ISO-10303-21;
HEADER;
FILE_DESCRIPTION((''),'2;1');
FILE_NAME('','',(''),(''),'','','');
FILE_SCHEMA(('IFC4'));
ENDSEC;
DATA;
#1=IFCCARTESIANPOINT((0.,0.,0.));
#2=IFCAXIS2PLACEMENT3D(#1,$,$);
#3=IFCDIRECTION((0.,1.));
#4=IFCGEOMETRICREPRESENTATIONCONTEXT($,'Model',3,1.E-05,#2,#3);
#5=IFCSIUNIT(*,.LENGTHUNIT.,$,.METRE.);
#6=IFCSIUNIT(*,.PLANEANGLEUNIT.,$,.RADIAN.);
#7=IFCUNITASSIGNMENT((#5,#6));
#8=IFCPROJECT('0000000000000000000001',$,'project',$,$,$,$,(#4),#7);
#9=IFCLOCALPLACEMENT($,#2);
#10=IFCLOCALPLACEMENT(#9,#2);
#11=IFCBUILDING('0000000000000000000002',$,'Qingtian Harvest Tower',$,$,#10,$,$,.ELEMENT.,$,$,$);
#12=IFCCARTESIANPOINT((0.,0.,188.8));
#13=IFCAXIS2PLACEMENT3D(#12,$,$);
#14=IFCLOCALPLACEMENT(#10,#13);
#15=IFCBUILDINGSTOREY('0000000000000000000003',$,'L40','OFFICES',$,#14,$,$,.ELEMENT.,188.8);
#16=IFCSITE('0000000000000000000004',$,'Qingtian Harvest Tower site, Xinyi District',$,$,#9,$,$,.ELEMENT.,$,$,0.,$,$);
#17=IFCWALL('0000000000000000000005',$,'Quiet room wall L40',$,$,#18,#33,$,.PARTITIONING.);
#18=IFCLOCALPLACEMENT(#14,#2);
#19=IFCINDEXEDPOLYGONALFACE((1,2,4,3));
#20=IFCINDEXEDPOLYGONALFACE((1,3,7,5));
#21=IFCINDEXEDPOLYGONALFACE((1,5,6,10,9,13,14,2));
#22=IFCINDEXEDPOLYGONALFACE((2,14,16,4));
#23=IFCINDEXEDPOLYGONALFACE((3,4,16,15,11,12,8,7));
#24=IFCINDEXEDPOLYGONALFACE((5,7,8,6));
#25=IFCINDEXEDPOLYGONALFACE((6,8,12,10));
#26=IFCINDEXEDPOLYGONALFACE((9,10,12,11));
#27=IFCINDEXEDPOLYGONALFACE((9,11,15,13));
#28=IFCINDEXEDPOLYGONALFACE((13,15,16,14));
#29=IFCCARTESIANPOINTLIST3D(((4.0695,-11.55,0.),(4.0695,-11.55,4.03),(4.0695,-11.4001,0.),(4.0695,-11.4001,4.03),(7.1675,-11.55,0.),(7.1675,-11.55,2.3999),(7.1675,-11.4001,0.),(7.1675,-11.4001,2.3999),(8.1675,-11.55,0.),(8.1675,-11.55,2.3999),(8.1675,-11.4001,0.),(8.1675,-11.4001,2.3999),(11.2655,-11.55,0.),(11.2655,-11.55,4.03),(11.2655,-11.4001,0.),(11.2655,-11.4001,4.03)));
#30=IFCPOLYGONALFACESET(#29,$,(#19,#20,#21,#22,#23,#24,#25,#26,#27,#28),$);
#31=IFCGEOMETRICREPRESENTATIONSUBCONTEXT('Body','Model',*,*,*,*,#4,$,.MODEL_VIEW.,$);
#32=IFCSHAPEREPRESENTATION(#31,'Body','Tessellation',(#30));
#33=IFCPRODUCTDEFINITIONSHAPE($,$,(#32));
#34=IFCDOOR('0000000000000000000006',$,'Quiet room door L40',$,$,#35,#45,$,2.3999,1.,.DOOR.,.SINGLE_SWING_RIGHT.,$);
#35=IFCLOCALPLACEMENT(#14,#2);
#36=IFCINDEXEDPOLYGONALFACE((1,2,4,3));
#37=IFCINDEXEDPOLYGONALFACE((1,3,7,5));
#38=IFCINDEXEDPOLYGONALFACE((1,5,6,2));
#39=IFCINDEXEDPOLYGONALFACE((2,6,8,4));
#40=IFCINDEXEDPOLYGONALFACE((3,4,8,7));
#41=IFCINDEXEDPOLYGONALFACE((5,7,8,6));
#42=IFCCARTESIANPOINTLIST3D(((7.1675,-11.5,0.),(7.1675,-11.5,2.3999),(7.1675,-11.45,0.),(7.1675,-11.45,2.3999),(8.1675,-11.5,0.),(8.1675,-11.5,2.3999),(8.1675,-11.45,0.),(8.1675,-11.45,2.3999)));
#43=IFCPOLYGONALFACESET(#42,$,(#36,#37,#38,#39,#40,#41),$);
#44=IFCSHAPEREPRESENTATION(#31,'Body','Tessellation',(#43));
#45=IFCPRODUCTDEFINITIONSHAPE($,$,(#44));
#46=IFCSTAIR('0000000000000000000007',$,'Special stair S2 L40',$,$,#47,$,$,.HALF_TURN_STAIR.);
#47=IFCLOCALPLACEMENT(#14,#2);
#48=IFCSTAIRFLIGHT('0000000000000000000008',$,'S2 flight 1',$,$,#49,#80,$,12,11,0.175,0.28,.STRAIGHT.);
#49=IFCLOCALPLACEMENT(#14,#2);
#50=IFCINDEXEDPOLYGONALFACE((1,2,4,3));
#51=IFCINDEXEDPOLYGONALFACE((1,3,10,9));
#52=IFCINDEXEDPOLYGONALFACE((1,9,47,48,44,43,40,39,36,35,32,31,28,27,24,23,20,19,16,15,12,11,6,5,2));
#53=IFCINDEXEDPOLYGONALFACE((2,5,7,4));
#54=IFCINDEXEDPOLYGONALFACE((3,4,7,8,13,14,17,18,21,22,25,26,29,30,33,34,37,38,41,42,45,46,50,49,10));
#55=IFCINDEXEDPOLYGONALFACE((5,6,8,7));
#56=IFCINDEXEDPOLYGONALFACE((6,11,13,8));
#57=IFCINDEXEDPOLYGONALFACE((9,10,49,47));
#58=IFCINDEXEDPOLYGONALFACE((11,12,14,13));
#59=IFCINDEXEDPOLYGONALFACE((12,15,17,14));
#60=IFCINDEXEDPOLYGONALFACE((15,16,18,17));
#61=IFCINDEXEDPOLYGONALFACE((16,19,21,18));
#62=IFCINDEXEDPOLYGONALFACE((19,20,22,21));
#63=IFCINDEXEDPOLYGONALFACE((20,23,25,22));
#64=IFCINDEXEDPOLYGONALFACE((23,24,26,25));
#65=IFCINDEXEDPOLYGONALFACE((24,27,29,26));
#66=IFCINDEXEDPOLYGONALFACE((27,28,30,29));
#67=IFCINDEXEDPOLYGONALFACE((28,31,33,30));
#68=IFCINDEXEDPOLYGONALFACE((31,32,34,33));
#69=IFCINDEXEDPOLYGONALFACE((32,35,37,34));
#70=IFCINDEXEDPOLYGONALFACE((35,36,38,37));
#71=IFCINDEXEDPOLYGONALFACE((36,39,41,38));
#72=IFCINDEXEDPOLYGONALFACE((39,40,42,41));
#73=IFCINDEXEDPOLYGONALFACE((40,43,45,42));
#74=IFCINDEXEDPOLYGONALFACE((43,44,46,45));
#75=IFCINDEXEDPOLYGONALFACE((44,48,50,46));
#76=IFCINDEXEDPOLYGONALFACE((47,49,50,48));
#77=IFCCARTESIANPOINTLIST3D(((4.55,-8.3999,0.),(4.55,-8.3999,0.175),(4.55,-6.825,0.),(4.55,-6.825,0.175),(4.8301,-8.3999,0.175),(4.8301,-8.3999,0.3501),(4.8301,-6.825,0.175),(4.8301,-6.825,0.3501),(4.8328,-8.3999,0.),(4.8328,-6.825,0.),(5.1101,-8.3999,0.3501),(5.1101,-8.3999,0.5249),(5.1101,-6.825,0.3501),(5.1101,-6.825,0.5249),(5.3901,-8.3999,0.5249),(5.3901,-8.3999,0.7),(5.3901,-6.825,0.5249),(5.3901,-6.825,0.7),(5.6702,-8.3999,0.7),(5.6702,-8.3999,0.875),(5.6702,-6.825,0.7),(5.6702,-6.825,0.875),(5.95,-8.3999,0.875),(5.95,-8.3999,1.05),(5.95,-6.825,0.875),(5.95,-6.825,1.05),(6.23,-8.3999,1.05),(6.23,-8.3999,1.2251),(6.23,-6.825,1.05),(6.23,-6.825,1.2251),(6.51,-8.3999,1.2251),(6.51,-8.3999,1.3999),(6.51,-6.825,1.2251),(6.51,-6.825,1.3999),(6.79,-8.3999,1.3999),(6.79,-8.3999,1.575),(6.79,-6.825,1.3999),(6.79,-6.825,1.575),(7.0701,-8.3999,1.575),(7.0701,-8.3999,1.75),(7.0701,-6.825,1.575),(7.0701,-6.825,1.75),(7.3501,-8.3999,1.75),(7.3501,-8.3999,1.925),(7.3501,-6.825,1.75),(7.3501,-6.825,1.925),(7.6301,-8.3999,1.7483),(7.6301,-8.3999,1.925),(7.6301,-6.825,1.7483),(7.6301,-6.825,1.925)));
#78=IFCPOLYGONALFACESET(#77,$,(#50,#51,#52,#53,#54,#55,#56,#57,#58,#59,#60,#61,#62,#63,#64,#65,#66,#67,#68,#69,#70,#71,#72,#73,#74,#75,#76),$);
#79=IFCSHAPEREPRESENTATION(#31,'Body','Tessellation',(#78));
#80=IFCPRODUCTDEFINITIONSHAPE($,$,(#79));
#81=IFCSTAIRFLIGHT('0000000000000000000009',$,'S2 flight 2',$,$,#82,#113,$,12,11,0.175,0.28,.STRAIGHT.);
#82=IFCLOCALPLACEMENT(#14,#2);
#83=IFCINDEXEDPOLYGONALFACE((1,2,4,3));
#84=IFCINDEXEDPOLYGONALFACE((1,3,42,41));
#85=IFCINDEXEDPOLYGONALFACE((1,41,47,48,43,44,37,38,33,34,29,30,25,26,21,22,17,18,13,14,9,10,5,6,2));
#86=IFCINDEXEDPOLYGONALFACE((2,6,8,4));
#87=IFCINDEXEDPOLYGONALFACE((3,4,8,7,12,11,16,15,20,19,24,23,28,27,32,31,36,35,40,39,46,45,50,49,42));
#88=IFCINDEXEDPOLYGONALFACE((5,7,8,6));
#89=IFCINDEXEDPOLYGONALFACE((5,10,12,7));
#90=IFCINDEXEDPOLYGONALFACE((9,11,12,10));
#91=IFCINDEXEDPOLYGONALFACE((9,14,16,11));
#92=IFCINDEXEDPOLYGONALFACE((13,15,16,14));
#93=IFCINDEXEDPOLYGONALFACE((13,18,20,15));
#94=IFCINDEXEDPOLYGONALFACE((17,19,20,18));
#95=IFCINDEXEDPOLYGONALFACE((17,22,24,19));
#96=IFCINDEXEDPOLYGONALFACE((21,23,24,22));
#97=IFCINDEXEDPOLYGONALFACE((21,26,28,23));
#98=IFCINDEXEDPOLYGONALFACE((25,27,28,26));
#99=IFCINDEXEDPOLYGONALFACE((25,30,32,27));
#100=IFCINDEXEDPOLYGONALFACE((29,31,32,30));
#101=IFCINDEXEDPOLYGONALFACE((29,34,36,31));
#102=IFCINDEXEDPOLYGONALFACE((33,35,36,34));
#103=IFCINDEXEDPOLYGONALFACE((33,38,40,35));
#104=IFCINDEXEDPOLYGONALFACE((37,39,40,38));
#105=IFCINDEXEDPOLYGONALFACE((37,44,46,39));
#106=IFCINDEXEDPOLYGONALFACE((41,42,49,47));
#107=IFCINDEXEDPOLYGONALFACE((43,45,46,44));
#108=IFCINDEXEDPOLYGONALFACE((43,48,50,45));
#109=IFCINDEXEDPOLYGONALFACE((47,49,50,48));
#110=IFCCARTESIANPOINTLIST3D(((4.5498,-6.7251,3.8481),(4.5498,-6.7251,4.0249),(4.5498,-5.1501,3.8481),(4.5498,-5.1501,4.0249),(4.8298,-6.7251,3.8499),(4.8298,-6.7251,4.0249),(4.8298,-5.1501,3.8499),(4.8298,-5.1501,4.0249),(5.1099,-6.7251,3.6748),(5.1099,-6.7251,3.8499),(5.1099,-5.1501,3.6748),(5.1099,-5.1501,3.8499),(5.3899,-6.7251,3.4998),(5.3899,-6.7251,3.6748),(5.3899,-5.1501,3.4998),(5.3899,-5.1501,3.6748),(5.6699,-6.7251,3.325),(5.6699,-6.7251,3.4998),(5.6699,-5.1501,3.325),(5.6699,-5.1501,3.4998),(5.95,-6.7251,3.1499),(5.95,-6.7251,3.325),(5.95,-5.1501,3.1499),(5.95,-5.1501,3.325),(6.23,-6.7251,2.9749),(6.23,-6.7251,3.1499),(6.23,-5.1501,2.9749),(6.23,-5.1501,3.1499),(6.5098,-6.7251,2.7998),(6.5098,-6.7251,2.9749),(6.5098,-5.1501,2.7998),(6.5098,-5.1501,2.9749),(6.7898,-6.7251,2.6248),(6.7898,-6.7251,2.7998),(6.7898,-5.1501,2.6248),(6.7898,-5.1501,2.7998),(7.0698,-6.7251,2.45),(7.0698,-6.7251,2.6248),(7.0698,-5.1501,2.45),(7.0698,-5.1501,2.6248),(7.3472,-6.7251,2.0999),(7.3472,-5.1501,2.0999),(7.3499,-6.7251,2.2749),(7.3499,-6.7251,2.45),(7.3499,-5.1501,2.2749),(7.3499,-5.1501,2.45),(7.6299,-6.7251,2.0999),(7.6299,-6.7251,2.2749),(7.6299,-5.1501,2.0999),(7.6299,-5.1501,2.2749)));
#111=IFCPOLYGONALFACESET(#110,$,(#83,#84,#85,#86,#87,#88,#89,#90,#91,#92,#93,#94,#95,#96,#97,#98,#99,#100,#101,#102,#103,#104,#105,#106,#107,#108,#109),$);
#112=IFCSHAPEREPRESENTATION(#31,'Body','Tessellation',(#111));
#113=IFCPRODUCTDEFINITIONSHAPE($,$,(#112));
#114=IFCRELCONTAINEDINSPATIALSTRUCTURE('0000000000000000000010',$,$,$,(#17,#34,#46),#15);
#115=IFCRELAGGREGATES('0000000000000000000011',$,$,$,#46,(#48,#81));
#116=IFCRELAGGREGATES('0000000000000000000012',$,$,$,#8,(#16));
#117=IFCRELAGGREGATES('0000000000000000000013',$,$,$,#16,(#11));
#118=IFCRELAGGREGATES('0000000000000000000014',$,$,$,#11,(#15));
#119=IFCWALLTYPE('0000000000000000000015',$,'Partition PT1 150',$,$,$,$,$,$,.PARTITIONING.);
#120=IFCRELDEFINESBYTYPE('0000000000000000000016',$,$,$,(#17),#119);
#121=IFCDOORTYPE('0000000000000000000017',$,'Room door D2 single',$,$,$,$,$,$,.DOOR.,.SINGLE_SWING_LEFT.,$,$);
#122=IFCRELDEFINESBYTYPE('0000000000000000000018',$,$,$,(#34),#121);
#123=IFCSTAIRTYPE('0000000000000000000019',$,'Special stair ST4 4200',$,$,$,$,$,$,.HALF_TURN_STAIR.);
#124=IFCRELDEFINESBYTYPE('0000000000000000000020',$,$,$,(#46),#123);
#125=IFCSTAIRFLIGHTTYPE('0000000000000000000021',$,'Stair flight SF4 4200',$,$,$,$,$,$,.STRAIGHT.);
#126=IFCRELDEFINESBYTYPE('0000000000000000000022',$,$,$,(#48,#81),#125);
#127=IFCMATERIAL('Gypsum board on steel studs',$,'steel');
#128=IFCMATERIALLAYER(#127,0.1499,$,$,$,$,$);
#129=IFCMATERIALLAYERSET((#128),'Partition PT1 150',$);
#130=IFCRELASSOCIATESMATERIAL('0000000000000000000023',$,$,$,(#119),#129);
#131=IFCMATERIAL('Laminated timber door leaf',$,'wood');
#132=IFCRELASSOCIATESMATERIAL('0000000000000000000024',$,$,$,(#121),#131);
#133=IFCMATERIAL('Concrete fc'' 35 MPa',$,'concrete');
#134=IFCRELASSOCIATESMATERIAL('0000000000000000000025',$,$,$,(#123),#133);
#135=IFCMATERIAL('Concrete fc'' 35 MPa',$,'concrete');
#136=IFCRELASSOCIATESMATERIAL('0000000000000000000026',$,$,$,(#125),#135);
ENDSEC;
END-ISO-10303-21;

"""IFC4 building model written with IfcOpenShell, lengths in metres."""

from ifc_helpers import new_model, si_unit, direction, frame, frame_2d, origin, place, context, subcontext, project, spatial, polyline, rectangle, outline, extrude, material, layer, layer_set, type_object, element, fill, aggregate, save


model = new_model("IFC4")

# Units and contexts
model_context = context("Model", 3, precision=1e-05, world=origin(), true_north=direction((0.0, 1.0)))
body_context = subcontext(model_context, "Body", "Model", "MODEL_VIEW")
ifc_project = project(units=[si_unit("LENGTHUNIT", "METRE"), si_unit("PLANEANGLEUNIT", "RADIAN")], contexts=[model_context])

# Site, building, storey
site_placement = place(None, origin())
site = spatial("IfcSite", under=ifc_project, at=site_placement, Name="Qingtian Harvest Tower site, Xinyi District", CompositionType="ELEMENT", RefElevation=0.0)
building_placement = place(site_placement, origin())
building = spatial("IfcBuilding", under=site, at=building_placement, Name="Qingtian Harvest Tower", CompositionType="ELEMENT")
storey_placement = place(building_placement, frame((0.0, 0.0, 188.8)))
storey = spatial("IfcBuildingStorey", under=building, at=storey_placement, Name="L40", Description="OFFICES", CompositionType="ELEMENT", Elevation=188.8)

# Wall, opening, door
ifc_material_1 = material(Name="Gypsum board on steel studs", Category="steel")
ifc_layer_1 = layer(ifc_material_1, 0.1499)
ifc_layer_set_1 = layer_set([ifc_layer_1], Name="Partition PT1 150")
wall_type_1 = type_object("IfcWallType", Name="Partition PT1 150", PredefinedType="PARTITIONING", material=ifc_layer_set_1)
wall_1_placement = place(storey_placement, frame((11.2656, -11.4751, 0.0), z_axis=(0.0, 0.0, 1.0), x_axis=(-1.0, 0.0, 0.0)))
wall_1 = element("IfcWall", 1, at=wall_1_placement, inside=storey, type_object=wall_type_1, Name="Quiet room wall L40", PredefinedType="PARTITIONING", context=body_context, shape_type="SweptSolid", body=[
    extrude(rectangle(XDim=7.196, YDim=0.1499, at=frame_2d((3.5981, 0.0))), origin(), (0.0, 0.0, 1.0), 4.03),
])
opening_1_placement = place(wall_1_placement, frame((3.0981, 0.0, 0.0)))
opening_1 = element("IfcOpeningElement", 2, at=opening_1_placement, cuts=wall_1, PredefinedType="OPENING", context=body_context, shape_type="SweptSolid", body=[
    extrude(rectangle(XDim=1.0, YDim=2.3999, at=frame_2d((0.5, 1.2))), frame((0.0, 0.085, 0.0), z_axis=(0.0, -1.0, 0.0), x_axis=(1.0, 0.0, 0.0)), (0.0, 0.0, 1.0), 0.1699),
])
ifc_material_2 = material(Name="Laminated timber door leaf", Category="wood")
door_type_1 = type_object("IfcDoorType", Name="Room door D2 single", OperationType="SINGLE_SWING_LEFT", PredefinedType="DOOR", material=ifc_material_2)
door_1_placement = place(opening_1_placement, origin())
door_1 = element("IfcDoor", 3, at=door_1_placement, inside=storey, type_object=door_type_1, Name="Quiet room door L40", OperationType="SINGLE_SWING_RIGHT", OverallHeight=2.3999, OverallWidth=1.0, PredefinedType="DOOR", context=body_context, shape_type="SweptSolid", body=[
    extrude(rectangle(XDim=1.0, YDim=2.3999, at=frame_2d((0.5, 1.2))), frame((0.0, 0.0249, 0.0), z_axis=(0.0, -1.0, 0.0), x_axis=(1.0, 0.0, 0.0)), (0.0, 0.0, 1.0), 0.05),
])
fill(opening_1, door_1)

# Stair, stair flights
ifc_material_3 = material(Name="Concrete fc' 35 MPa", Category="concrete")
stair_type = type_object("IfcStairType", Name="Special stair ST4 4200", PredefinedType="HALF_TURN_STAIR", material=ifc_material_3)
stair_placement = place(storey_placement, origin())
stair = element("IfcStair", 4, at=stair_placement, inside=storey, type_object=stair_type, Name="Special stair S2 L40", PredefinedType="HALF_TURN_STAIR")
ifc_material_4 = material(Name="Concrete fc' 35 MPa", Category="concrete")
stair_flight_type = type_object("IfcStairFlightType", Name="Stair flight SF4 4200", PredefinedType="STRAIGHT", material=ifc_material_4)
stair_flight_1_placement = place(storey_placement, frame((4.55, -7.6125, 0.0), z_axis=(0.0, 0.0, 1.0), x_axis=(1.0, 0.0, 0.0)))
stair_flight_1 = element("IfcStairFlight", 5, at=stair_flight_1_placement, type_object=stair_flight_type, Name="S2 flight 1", NumberOfRisers=12, NumberOfTreads=11, PredefinedType="STRAIGHT", RiserHeight=0.175, TreadLength=0.28, context=body_context, shape_type="SweptSolid", body=[
    extrude(outline(polyline([(0.0, 0.0), (0.0, 0.175), (0.28, 0.175), (0.28, 0.3501), (0.5601, 0.3501), (0.5601, 0.5249), (0.8401, 0.5249), (0.8401, 0.7), (1.1201, 0.7), (1.1201, 0.875), (1.3999, 0.875), (1.3999, 1.05), (1.6799, 1.05), (1.6799, 1.2251), (1.96, 1.2251), (1.96, 1.3999), (2.24, 1.3999), (2.24, 1.575), (2.52, 1.575), (2.52, 1.75), (2.8, 1.75), (2.8, 1.925), (3.0801, 1.925), (3.0801, 2.1001), (3.0801, 1.7483), (0.2827, 0.0), (0.0, 0.0)])), frame((0.0, 0.7876, 0.0), z_axis=(0.0, -1.0, 0.0), x_axis=(1.0, 0.0, 0.0)), (0.0, 0.0, 1.0), 1.575),
])
stair_flight_2_placement = place(storey_placement, frame((7.6299, -5.9375, 2.0999), z_axis=(0.0, 0.0, 1.0), x_axis=(-1.0, 0.0, 0.0)))
stair_flight_2 = element("IfcStairFlight", 6, at=stair_flight_2_placement, type_object=stair_flight_type, Name="S2 flight 2", NumberOfRisers=12, NumberOfTreads=11, PredefinedType="STRAIGHT", RiserHeight=0.175, TreadLength=0.28, context=body_context, shape_type="SweptSolid", body=[
    extrude(outline(polyline([(0.0, 0.0), (0.0, 0.175), (0.28, 0.175), (0.28, 0.3501), (0.5601, 0.3501), (0.5601, 0.5249), (0.8401, 0.5249), (0.8401, 0.7), (1.1201, 0.7), (1.1201, 0.875), (1.3999, 0.875), (1.3999, 1.05), (1.6799, 1.05), (1.6799, 1.2251), (1.96, 1.2251), (1.96, 1.3999), (2.24, 1.3999), (2.24, 1.575), (2.52, 1.575), (2.52, 1.75), (2.8, 1.75), (2.8, 1.925), (3.0801, 1.925), (3.0801, 2.1001), (3.0801, 1.7483), (0.2827, 0.0), (0.0, 0.0)])), frame((0.0, 0.7876, 0.0), z_axis=(0.0, -1.0, 0.0), x_axis=(1.0, 0.0, 0.0)), (0.0, 0.0, 1.0), 1.575),
])
aggregate(stair, [stair_flight_1, stair_flight_2])

save(model, "model.ifc")
